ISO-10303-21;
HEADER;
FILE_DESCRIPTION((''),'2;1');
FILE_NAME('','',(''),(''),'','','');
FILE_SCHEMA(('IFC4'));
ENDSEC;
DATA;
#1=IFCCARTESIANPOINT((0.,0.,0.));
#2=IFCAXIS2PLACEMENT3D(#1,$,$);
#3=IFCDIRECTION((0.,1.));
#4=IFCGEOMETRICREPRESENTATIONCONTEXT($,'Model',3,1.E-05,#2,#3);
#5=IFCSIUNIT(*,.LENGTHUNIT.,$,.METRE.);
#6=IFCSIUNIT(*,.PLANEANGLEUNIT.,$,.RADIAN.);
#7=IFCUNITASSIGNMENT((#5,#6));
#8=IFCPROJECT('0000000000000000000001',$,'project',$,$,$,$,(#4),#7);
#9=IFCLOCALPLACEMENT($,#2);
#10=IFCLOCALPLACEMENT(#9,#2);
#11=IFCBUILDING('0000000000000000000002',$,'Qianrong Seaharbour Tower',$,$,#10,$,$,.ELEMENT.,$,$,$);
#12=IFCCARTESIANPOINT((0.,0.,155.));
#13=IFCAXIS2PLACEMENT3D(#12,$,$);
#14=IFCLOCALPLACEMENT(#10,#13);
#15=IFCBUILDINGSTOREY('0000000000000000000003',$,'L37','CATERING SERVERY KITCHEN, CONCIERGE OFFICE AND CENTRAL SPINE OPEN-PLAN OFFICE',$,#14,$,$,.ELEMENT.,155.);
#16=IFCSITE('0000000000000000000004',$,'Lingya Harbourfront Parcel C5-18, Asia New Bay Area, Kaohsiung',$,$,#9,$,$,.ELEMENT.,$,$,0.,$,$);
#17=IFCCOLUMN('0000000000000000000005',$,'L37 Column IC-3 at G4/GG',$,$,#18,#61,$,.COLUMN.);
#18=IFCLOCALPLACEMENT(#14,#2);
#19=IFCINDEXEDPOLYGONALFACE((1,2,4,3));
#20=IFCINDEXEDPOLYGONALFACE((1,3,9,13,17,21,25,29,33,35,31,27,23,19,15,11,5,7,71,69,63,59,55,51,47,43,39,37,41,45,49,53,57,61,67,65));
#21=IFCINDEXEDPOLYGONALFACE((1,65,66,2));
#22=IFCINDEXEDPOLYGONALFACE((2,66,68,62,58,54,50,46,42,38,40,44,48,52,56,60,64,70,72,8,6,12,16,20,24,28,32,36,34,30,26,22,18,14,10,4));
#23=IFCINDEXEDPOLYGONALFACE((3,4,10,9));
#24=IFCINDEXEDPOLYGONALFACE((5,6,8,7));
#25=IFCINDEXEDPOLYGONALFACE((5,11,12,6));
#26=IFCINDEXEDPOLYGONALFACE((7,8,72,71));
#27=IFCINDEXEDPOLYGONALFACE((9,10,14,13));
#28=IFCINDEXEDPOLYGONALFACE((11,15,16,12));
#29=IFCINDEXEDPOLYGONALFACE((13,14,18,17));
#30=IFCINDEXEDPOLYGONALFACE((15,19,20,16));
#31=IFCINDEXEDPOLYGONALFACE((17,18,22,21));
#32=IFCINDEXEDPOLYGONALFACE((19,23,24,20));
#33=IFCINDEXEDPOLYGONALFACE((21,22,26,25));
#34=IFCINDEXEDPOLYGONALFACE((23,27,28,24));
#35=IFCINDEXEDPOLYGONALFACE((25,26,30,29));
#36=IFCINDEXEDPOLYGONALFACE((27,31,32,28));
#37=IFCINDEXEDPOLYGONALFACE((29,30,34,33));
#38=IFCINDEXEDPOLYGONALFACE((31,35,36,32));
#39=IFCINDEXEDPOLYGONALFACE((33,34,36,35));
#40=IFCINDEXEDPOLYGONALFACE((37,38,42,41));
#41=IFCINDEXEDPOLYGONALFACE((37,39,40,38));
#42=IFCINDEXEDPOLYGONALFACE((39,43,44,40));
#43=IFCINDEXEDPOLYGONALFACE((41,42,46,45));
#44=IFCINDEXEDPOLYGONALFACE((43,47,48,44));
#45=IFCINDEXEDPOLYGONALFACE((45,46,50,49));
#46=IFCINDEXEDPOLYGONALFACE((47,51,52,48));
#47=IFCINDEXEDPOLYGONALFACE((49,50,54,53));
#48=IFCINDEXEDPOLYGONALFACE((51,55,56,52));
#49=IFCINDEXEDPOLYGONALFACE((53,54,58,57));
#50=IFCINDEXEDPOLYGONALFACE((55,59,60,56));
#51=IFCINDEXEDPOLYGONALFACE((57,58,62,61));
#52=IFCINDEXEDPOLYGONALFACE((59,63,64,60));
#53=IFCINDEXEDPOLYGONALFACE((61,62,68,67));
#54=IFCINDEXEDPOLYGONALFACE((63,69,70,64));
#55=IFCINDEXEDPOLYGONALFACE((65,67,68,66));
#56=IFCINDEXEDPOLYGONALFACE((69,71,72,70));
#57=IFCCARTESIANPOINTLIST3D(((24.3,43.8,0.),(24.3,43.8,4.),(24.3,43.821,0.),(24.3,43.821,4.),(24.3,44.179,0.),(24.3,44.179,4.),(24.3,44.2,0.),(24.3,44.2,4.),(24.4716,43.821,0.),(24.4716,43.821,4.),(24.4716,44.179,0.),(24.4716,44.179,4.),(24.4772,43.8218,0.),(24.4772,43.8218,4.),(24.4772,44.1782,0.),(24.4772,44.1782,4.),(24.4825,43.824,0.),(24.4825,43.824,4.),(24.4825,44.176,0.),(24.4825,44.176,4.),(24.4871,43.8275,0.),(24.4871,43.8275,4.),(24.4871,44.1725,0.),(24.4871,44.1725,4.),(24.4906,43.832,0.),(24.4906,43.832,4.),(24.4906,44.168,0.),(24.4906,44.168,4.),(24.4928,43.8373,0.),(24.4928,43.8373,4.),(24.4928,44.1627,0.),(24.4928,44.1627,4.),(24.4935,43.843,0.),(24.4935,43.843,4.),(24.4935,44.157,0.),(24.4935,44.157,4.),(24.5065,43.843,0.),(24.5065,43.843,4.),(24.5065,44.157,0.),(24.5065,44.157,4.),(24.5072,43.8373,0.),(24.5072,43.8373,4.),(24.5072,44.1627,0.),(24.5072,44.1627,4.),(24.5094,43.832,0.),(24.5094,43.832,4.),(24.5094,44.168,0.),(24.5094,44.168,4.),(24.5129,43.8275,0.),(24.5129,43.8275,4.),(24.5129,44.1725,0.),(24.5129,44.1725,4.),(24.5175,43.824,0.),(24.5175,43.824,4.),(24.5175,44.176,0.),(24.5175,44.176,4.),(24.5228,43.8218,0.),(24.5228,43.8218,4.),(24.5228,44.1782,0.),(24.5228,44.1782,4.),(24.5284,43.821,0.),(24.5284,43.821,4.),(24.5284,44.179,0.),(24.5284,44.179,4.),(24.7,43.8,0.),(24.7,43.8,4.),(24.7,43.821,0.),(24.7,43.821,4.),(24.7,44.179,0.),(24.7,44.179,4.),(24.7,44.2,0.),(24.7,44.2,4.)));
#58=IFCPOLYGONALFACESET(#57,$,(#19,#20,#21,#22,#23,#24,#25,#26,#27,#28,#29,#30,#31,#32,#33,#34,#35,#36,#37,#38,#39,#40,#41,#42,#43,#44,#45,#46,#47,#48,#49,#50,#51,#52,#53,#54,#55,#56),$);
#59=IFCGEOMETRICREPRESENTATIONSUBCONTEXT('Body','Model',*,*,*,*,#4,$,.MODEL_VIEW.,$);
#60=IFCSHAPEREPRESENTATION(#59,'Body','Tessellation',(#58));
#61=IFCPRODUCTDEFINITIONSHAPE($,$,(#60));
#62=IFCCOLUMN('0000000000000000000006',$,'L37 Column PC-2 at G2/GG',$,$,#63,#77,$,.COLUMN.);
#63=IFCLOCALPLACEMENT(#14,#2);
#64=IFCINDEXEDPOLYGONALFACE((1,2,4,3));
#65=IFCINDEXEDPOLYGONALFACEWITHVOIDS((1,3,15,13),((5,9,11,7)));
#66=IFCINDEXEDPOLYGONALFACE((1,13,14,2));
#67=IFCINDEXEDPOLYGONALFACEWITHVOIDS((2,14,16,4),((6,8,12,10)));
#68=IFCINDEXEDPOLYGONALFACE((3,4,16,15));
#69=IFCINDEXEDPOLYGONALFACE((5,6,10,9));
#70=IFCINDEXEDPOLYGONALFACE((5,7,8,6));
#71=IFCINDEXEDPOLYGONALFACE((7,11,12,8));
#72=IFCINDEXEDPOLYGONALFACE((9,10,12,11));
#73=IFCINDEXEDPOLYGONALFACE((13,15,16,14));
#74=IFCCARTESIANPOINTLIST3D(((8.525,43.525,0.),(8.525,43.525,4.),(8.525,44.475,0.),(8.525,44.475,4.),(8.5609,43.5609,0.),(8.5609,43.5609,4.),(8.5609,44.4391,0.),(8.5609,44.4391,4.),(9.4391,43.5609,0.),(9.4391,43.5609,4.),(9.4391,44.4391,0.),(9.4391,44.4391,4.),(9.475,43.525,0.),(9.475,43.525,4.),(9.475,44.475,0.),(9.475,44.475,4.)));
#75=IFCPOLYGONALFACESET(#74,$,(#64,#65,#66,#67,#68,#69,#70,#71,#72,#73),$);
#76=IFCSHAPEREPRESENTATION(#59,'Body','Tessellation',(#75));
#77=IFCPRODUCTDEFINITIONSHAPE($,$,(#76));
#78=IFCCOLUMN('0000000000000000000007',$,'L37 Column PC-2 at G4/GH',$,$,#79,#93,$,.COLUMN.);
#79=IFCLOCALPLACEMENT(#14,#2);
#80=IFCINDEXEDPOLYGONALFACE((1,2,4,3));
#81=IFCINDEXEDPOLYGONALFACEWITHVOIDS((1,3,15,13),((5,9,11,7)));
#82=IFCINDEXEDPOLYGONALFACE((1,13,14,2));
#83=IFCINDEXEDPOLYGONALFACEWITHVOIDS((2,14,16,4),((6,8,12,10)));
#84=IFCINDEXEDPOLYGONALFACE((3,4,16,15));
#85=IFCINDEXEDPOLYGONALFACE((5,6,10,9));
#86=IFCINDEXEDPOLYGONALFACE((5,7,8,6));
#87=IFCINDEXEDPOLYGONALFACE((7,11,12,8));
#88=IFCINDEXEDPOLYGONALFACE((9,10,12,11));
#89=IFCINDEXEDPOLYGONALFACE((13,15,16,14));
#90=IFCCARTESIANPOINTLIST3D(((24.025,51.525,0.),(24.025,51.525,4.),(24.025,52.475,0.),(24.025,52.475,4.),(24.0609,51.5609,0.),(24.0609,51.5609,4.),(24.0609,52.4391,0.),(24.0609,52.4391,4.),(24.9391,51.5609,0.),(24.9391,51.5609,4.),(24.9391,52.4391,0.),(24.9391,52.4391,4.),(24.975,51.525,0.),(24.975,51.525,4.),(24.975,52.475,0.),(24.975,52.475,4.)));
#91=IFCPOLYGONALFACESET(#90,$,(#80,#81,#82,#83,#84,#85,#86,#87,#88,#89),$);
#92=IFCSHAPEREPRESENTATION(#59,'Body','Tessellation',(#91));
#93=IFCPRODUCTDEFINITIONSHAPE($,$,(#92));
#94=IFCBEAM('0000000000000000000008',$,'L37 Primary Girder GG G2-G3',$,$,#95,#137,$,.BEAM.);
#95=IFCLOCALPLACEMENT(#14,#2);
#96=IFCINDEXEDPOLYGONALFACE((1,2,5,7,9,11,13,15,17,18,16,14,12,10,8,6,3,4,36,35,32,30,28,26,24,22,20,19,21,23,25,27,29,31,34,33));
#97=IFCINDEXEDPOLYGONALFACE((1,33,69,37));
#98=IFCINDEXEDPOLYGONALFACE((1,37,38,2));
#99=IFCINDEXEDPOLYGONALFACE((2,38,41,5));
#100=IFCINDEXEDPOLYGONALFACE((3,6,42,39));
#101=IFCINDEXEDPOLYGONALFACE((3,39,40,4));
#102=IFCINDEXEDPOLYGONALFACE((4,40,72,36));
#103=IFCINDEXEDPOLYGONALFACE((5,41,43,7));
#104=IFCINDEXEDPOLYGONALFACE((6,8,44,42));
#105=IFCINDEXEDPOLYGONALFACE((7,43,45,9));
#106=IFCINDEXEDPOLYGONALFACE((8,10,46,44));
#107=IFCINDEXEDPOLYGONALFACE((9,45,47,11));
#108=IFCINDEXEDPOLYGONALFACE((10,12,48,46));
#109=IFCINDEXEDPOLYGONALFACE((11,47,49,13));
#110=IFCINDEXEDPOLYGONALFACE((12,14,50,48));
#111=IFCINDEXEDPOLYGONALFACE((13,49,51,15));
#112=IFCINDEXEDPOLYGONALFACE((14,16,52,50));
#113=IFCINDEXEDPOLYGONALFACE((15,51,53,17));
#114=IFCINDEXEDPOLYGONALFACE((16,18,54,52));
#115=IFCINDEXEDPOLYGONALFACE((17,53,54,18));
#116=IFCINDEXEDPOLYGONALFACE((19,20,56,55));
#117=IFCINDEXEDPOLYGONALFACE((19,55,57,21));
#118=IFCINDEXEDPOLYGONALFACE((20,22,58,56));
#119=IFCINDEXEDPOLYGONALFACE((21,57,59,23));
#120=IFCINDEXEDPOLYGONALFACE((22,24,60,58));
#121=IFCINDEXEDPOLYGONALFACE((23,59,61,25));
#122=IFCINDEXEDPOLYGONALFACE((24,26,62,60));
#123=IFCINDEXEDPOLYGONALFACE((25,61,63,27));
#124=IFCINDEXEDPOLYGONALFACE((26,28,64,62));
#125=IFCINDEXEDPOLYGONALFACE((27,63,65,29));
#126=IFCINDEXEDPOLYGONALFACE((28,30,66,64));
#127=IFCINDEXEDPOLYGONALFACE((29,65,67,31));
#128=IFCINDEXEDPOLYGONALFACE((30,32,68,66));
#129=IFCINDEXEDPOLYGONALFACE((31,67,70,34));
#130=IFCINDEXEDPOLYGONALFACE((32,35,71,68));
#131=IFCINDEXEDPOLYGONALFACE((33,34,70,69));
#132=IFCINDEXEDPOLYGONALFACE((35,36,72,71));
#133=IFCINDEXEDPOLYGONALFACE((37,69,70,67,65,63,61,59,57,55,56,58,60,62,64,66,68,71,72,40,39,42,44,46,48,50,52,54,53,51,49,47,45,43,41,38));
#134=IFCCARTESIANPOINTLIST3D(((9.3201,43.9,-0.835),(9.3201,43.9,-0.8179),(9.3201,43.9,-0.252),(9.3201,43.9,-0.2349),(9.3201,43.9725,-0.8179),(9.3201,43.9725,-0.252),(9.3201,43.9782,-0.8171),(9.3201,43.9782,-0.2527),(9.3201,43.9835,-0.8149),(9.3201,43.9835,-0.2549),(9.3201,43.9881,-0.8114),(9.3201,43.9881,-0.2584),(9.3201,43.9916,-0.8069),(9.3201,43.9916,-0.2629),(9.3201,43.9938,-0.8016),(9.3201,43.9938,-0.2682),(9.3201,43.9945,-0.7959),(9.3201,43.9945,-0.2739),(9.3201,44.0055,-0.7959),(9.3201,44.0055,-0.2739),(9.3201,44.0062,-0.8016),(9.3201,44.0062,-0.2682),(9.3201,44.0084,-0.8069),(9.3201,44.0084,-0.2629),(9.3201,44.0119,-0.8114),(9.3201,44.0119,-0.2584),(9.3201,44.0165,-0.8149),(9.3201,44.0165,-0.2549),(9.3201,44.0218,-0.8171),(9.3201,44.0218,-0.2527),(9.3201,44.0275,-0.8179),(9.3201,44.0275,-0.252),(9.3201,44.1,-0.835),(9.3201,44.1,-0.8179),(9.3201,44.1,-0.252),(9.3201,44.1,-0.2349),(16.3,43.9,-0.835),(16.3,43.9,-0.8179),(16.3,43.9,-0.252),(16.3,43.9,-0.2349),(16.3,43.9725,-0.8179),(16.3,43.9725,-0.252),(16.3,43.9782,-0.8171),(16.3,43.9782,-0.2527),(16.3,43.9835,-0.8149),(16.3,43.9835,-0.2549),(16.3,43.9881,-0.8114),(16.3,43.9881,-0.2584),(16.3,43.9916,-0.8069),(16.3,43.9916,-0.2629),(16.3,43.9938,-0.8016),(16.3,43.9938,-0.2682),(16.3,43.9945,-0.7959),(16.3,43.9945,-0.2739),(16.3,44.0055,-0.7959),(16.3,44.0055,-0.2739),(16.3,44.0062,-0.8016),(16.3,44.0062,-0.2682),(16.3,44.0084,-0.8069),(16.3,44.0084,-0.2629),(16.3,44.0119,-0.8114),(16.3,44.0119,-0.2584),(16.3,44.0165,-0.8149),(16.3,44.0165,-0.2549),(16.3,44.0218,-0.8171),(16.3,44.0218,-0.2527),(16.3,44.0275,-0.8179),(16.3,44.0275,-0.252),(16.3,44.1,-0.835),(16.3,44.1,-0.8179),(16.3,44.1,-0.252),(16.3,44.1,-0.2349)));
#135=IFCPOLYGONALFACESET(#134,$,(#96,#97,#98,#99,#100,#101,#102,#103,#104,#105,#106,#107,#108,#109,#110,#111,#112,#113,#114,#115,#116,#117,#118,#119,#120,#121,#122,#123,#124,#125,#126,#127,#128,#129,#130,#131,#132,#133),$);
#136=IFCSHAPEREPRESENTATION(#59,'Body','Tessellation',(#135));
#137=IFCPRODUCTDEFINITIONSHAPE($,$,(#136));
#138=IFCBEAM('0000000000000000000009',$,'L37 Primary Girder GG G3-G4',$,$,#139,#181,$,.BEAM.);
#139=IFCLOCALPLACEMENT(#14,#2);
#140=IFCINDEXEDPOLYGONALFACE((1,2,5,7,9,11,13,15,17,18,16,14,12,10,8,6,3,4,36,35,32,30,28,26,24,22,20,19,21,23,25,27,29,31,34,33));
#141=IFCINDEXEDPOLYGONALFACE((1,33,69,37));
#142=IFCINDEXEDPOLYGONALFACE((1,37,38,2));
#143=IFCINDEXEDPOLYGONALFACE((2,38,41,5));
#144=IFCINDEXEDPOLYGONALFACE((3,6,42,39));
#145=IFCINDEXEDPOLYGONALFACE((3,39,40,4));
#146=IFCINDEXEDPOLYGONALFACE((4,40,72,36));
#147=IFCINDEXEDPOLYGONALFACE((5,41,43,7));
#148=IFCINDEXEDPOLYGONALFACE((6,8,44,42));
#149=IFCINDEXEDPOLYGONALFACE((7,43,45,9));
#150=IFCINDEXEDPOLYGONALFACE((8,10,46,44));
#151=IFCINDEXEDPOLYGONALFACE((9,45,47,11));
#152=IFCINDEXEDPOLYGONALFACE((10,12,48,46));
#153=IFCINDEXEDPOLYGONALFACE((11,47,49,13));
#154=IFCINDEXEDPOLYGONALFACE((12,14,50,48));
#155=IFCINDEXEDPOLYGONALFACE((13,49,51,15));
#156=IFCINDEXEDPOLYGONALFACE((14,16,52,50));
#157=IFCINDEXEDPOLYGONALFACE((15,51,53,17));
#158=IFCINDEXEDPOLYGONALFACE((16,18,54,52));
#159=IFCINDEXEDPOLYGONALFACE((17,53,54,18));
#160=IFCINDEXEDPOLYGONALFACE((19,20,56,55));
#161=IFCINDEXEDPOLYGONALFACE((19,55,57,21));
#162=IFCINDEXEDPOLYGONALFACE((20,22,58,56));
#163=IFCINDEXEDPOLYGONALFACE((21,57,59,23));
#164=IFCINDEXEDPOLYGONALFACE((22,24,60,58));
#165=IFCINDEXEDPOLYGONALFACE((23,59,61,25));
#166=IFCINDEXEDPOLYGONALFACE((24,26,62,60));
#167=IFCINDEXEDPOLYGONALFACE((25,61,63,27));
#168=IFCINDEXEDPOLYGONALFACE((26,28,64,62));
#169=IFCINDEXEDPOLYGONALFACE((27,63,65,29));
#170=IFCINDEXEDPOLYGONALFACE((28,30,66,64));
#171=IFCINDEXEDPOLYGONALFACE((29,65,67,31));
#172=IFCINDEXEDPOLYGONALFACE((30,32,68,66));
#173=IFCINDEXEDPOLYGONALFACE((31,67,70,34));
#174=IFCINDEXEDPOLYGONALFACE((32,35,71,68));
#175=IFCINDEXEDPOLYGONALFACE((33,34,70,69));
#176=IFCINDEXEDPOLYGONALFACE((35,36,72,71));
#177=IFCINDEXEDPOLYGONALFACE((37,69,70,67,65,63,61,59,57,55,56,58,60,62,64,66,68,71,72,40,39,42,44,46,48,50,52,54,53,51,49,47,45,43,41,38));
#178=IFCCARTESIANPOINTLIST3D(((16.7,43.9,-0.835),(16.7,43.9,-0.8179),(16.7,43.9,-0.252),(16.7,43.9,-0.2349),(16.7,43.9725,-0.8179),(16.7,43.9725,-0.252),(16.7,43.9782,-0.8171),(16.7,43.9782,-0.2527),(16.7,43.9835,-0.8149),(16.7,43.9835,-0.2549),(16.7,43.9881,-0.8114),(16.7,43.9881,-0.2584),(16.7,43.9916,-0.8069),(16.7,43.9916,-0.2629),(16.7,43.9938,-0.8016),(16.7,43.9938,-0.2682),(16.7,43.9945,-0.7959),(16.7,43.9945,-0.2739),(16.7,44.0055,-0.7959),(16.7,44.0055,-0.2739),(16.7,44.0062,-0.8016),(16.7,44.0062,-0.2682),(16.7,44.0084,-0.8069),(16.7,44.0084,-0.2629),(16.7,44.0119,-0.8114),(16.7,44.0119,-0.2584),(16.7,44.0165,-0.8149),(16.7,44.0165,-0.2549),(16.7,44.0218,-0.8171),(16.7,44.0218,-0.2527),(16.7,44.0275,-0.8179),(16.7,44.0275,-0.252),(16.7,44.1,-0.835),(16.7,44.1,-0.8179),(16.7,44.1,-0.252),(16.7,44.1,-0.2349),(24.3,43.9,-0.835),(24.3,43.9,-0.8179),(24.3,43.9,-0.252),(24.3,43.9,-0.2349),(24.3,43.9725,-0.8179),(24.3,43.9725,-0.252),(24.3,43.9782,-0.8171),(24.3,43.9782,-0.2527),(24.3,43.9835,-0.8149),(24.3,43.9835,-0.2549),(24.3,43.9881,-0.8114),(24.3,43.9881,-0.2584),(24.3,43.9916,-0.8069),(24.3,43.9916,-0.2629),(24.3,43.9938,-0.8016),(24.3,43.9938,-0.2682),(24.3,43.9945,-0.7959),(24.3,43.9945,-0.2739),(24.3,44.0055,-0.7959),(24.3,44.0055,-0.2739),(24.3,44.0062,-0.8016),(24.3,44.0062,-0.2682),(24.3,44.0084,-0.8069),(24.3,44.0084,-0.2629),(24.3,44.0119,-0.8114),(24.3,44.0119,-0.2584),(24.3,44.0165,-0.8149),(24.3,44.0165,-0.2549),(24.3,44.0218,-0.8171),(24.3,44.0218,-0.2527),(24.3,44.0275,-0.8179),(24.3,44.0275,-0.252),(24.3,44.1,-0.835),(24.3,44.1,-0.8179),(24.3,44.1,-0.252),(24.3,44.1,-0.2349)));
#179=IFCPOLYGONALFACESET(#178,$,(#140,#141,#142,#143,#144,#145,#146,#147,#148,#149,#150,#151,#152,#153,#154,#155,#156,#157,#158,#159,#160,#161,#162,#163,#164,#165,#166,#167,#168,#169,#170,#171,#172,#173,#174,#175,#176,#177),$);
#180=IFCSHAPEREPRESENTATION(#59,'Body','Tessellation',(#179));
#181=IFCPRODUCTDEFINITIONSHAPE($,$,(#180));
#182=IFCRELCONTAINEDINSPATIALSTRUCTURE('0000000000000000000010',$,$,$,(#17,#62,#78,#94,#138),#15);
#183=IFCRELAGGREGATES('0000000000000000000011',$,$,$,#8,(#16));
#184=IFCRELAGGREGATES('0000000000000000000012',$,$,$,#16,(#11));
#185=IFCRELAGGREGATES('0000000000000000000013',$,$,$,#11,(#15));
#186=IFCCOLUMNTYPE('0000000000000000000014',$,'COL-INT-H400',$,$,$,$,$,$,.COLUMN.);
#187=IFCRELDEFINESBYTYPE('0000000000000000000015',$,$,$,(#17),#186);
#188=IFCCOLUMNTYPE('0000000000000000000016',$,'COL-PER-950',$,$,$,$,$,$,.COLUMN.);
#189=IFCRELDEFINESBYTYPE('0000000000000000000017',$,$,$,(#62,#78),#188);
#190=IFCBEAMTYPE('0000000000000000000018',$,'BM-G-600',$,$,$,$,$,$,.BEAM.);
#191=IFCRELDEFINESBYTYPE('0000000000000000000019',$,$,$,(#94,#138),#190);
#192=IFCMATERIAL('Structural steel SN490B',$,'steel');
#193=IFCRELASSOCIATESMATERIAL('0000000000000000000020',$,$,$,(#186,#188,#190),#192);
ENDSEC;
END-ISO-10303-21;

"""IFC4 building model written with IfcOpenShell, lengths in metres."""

from ifc_helpers import new_model, si_unit, direction, frame, origin, origin_2d, place, context, subcontext, project, spatial, hollow_rectangle, i_section, extrude, material, material_profile, profile_set, type_object, element, save


model = new_model("IFC4")

# Units and contexts
model_context = context("Model", 3, precision=1e-05, world=origin(), true_north=direction((0.0, 1.0)))
body_context = subcontext(model_context, "Body", "Model", "MODEL_VIEW")
ifc_project = project(units=[si_unit("LENGTHUNIT", "METRE"), si_unit("PLANEANGLEUNIT", "RADIAN")], contexts=[model_context])

# Site, building, storey
site_placement = place(None, origin())
site = spatial("IfcSite", under=ifc_project, at=site_placement, Name="Lingya Harbourfront Parcel C5-18, Asia New Bay Area, Kaohsiung", CompositionType="ELEMENT", RefElevation=0.0)
building_placement = place(site_placement, origin())
building = spatial("IfcBuilding", under=site, at=building_placement, Name="Qianrong Seaharbour Tower", CompositionType="ELEMENT")
storey_placement = place(building_placement, frame((0.0, 0.0, 155.0)))
storey = spatial("IfcBuildingStorey", under=building, at=storey_placement, Name="L37", Description="CATERING SERVERY KITCHEN, CONCIERGE OFFICE AND CENTRAL SPINE OPEN-PLAN OFFICE", CompositionType="ELEMENT", Elevation=155.0)

# Columns
ifc_material_1 = material(Name="Structural steel SN490B", Category="steel")
ifc_material_profile_1 = material_profile(ifc_material_1, i_section(OverallWidth=0.3999, OverallDepth=0.3999, WebThickness=0.0129, FlangeThickness=0.021, FilletRadius=0.022, at=origin_2d()), Name="H400x400x13x21")
ifc_profile_set_1 = profile_set([ifc_material_profile_1], Name="Structural steel SN490B")
column_type_1 = type_object("IfcColumnType", Name="COL-INT-H400", PredefinedType="COLUMN", material=ifc_profile_set_1)
for number, where, z_axis, x_axis, name in (
    (1, (24.5, 44.0, 0.0), (0.0, 0.0, 1.0), (1.0, 0.0, 0.0), "L37 Column IC-3 at G4/GG"),
):
    element("IfcColumn", number, at=place(storey_placement, frame(where, z_axis=z_axis, x_axis=x_axis)), inside=storey, type_object=column_type_1, Name=name, PredefinedType="COLUMN", context=body_context, shape_type="SweptSolid", body=[
        extrude(i_section(OverallWidth=0.3999, OverallDepth=0.3999, WebThickness=0.0129, FlangeThickness=0.021, FilletRadius=0.022, at=origin_2d()), origin(), (0.0, 0.0, 1.0), 4.0),
    ])
ifc_material_profile_2 = material_profile(ifc_material_1, hollow_rectangle(XDim=0.95, YDim=0.95, WallThickness=0.0359, at=origin_2d()), Name="BOX950x950x36")
ifc_profile_set_2 = profile_set([ifc_material_profile_2], Name="Structural steel SN490B")
column_type_2 = type_object("IfcColumnType", Name="COL-PER-950", PredefinedType="COLUMN", material=ifc_profile_set_2)
for number, where, z_axis, x_axis, name in (
    (2, (9.0, 44.0, 0.0), (0.0, 0.0, 1.0), (1.0, 0.0, 0.0), "L37 Column PC-2 at G2/GG"),
    (3, (24.5, 52.0, 0.0), (0.0, 0.0, 1.0), (1.0, 0.0, 0.0), "L37 Column PC-2 at G4/GH"),
):
    element("IfcColumn", number, at=place(storey_placement, frame(where, z_axis=z_axis, x_axis=x_axis)), inside=storey, type_object=column_type_2, Name=name, PredefinedType="COLUMN", context=body_context, shape_type="SweptSolid", body=[
        extrude(hollow_rectangle(XDim=0.95, YDim=0.95, WallThickness=0.0359, at=origin_2d()), origin(), (0.0, 0.0, 1.0), 4.0),
    ])

# Beams
ifc_material_profile_3 = material_profile(ifc_material_1, i_section(OverallWidth=0.2, OverallDepth=0.6001, WebThickness=0.011, FlangeThickness=0.0171, FilletRadius=0.022, at=origin_2d()), Name="H600x200x11x17")
ifc_profile_set_3 = profile_set([ifc_material_profile_3], Name="Structural steel SN490B")
beam_type_1 = type_object("IfcBeamType", Name="BM-G-600", PredefinedType="BEAM", material=ifc_profile_set_3)
beam_1_placement = place(storey_placement, frame((9.3201, 44.0, -0.5349), z_axis=(1.0, 0.0, 0.0), x_axis=(0.0, 1.0, 0.0)))
element("IfcBeam", 4, at=beam_1_placement, inside=storey, type_object=beam_type_1, Name="L37 Primary Girder GG G2-G3", PredefinedType="BEAM", context=body_context, shape_type="SweptSolid", body=[
    extrude(i_section(OverallWidth=0.2, OverallDepth=0.6001, WebThickness=0.011, FlangeThickness=0.0171, FilletRadius=0.022, at=origin_2d()), origin(), (0.0, 0.0, 1.0), 6.98),
])
for number, where, z_axis, x_axis, name in (
    (5, (16.7, 44.0, -0.5349), (1.0, 0.0, 0.0), (0.0, 1.0, 0.0), "L37 Primary Girder GG G3-G4"),
):
    element("IfcBeam", number, at=place(storey_placement, frame(where, z_axis=z_axis, x_axis=x_axis)), inside=storey, type_object=beam_type_1, Name=name, PredefinedType="BEAM", context=body_context, shape_type="SweptSolid", body=[
        extrude(i_section(OverallWidth=0.2, OverallDepth=0.6001, WebThickness=0.011, FlangeThickness=0.0171, FilletRadius=0.022, at=origin_2d()), origin(), (0.0, 0.0, 1.0), 7.6001),
    ])

save(model, "model.ifc")
